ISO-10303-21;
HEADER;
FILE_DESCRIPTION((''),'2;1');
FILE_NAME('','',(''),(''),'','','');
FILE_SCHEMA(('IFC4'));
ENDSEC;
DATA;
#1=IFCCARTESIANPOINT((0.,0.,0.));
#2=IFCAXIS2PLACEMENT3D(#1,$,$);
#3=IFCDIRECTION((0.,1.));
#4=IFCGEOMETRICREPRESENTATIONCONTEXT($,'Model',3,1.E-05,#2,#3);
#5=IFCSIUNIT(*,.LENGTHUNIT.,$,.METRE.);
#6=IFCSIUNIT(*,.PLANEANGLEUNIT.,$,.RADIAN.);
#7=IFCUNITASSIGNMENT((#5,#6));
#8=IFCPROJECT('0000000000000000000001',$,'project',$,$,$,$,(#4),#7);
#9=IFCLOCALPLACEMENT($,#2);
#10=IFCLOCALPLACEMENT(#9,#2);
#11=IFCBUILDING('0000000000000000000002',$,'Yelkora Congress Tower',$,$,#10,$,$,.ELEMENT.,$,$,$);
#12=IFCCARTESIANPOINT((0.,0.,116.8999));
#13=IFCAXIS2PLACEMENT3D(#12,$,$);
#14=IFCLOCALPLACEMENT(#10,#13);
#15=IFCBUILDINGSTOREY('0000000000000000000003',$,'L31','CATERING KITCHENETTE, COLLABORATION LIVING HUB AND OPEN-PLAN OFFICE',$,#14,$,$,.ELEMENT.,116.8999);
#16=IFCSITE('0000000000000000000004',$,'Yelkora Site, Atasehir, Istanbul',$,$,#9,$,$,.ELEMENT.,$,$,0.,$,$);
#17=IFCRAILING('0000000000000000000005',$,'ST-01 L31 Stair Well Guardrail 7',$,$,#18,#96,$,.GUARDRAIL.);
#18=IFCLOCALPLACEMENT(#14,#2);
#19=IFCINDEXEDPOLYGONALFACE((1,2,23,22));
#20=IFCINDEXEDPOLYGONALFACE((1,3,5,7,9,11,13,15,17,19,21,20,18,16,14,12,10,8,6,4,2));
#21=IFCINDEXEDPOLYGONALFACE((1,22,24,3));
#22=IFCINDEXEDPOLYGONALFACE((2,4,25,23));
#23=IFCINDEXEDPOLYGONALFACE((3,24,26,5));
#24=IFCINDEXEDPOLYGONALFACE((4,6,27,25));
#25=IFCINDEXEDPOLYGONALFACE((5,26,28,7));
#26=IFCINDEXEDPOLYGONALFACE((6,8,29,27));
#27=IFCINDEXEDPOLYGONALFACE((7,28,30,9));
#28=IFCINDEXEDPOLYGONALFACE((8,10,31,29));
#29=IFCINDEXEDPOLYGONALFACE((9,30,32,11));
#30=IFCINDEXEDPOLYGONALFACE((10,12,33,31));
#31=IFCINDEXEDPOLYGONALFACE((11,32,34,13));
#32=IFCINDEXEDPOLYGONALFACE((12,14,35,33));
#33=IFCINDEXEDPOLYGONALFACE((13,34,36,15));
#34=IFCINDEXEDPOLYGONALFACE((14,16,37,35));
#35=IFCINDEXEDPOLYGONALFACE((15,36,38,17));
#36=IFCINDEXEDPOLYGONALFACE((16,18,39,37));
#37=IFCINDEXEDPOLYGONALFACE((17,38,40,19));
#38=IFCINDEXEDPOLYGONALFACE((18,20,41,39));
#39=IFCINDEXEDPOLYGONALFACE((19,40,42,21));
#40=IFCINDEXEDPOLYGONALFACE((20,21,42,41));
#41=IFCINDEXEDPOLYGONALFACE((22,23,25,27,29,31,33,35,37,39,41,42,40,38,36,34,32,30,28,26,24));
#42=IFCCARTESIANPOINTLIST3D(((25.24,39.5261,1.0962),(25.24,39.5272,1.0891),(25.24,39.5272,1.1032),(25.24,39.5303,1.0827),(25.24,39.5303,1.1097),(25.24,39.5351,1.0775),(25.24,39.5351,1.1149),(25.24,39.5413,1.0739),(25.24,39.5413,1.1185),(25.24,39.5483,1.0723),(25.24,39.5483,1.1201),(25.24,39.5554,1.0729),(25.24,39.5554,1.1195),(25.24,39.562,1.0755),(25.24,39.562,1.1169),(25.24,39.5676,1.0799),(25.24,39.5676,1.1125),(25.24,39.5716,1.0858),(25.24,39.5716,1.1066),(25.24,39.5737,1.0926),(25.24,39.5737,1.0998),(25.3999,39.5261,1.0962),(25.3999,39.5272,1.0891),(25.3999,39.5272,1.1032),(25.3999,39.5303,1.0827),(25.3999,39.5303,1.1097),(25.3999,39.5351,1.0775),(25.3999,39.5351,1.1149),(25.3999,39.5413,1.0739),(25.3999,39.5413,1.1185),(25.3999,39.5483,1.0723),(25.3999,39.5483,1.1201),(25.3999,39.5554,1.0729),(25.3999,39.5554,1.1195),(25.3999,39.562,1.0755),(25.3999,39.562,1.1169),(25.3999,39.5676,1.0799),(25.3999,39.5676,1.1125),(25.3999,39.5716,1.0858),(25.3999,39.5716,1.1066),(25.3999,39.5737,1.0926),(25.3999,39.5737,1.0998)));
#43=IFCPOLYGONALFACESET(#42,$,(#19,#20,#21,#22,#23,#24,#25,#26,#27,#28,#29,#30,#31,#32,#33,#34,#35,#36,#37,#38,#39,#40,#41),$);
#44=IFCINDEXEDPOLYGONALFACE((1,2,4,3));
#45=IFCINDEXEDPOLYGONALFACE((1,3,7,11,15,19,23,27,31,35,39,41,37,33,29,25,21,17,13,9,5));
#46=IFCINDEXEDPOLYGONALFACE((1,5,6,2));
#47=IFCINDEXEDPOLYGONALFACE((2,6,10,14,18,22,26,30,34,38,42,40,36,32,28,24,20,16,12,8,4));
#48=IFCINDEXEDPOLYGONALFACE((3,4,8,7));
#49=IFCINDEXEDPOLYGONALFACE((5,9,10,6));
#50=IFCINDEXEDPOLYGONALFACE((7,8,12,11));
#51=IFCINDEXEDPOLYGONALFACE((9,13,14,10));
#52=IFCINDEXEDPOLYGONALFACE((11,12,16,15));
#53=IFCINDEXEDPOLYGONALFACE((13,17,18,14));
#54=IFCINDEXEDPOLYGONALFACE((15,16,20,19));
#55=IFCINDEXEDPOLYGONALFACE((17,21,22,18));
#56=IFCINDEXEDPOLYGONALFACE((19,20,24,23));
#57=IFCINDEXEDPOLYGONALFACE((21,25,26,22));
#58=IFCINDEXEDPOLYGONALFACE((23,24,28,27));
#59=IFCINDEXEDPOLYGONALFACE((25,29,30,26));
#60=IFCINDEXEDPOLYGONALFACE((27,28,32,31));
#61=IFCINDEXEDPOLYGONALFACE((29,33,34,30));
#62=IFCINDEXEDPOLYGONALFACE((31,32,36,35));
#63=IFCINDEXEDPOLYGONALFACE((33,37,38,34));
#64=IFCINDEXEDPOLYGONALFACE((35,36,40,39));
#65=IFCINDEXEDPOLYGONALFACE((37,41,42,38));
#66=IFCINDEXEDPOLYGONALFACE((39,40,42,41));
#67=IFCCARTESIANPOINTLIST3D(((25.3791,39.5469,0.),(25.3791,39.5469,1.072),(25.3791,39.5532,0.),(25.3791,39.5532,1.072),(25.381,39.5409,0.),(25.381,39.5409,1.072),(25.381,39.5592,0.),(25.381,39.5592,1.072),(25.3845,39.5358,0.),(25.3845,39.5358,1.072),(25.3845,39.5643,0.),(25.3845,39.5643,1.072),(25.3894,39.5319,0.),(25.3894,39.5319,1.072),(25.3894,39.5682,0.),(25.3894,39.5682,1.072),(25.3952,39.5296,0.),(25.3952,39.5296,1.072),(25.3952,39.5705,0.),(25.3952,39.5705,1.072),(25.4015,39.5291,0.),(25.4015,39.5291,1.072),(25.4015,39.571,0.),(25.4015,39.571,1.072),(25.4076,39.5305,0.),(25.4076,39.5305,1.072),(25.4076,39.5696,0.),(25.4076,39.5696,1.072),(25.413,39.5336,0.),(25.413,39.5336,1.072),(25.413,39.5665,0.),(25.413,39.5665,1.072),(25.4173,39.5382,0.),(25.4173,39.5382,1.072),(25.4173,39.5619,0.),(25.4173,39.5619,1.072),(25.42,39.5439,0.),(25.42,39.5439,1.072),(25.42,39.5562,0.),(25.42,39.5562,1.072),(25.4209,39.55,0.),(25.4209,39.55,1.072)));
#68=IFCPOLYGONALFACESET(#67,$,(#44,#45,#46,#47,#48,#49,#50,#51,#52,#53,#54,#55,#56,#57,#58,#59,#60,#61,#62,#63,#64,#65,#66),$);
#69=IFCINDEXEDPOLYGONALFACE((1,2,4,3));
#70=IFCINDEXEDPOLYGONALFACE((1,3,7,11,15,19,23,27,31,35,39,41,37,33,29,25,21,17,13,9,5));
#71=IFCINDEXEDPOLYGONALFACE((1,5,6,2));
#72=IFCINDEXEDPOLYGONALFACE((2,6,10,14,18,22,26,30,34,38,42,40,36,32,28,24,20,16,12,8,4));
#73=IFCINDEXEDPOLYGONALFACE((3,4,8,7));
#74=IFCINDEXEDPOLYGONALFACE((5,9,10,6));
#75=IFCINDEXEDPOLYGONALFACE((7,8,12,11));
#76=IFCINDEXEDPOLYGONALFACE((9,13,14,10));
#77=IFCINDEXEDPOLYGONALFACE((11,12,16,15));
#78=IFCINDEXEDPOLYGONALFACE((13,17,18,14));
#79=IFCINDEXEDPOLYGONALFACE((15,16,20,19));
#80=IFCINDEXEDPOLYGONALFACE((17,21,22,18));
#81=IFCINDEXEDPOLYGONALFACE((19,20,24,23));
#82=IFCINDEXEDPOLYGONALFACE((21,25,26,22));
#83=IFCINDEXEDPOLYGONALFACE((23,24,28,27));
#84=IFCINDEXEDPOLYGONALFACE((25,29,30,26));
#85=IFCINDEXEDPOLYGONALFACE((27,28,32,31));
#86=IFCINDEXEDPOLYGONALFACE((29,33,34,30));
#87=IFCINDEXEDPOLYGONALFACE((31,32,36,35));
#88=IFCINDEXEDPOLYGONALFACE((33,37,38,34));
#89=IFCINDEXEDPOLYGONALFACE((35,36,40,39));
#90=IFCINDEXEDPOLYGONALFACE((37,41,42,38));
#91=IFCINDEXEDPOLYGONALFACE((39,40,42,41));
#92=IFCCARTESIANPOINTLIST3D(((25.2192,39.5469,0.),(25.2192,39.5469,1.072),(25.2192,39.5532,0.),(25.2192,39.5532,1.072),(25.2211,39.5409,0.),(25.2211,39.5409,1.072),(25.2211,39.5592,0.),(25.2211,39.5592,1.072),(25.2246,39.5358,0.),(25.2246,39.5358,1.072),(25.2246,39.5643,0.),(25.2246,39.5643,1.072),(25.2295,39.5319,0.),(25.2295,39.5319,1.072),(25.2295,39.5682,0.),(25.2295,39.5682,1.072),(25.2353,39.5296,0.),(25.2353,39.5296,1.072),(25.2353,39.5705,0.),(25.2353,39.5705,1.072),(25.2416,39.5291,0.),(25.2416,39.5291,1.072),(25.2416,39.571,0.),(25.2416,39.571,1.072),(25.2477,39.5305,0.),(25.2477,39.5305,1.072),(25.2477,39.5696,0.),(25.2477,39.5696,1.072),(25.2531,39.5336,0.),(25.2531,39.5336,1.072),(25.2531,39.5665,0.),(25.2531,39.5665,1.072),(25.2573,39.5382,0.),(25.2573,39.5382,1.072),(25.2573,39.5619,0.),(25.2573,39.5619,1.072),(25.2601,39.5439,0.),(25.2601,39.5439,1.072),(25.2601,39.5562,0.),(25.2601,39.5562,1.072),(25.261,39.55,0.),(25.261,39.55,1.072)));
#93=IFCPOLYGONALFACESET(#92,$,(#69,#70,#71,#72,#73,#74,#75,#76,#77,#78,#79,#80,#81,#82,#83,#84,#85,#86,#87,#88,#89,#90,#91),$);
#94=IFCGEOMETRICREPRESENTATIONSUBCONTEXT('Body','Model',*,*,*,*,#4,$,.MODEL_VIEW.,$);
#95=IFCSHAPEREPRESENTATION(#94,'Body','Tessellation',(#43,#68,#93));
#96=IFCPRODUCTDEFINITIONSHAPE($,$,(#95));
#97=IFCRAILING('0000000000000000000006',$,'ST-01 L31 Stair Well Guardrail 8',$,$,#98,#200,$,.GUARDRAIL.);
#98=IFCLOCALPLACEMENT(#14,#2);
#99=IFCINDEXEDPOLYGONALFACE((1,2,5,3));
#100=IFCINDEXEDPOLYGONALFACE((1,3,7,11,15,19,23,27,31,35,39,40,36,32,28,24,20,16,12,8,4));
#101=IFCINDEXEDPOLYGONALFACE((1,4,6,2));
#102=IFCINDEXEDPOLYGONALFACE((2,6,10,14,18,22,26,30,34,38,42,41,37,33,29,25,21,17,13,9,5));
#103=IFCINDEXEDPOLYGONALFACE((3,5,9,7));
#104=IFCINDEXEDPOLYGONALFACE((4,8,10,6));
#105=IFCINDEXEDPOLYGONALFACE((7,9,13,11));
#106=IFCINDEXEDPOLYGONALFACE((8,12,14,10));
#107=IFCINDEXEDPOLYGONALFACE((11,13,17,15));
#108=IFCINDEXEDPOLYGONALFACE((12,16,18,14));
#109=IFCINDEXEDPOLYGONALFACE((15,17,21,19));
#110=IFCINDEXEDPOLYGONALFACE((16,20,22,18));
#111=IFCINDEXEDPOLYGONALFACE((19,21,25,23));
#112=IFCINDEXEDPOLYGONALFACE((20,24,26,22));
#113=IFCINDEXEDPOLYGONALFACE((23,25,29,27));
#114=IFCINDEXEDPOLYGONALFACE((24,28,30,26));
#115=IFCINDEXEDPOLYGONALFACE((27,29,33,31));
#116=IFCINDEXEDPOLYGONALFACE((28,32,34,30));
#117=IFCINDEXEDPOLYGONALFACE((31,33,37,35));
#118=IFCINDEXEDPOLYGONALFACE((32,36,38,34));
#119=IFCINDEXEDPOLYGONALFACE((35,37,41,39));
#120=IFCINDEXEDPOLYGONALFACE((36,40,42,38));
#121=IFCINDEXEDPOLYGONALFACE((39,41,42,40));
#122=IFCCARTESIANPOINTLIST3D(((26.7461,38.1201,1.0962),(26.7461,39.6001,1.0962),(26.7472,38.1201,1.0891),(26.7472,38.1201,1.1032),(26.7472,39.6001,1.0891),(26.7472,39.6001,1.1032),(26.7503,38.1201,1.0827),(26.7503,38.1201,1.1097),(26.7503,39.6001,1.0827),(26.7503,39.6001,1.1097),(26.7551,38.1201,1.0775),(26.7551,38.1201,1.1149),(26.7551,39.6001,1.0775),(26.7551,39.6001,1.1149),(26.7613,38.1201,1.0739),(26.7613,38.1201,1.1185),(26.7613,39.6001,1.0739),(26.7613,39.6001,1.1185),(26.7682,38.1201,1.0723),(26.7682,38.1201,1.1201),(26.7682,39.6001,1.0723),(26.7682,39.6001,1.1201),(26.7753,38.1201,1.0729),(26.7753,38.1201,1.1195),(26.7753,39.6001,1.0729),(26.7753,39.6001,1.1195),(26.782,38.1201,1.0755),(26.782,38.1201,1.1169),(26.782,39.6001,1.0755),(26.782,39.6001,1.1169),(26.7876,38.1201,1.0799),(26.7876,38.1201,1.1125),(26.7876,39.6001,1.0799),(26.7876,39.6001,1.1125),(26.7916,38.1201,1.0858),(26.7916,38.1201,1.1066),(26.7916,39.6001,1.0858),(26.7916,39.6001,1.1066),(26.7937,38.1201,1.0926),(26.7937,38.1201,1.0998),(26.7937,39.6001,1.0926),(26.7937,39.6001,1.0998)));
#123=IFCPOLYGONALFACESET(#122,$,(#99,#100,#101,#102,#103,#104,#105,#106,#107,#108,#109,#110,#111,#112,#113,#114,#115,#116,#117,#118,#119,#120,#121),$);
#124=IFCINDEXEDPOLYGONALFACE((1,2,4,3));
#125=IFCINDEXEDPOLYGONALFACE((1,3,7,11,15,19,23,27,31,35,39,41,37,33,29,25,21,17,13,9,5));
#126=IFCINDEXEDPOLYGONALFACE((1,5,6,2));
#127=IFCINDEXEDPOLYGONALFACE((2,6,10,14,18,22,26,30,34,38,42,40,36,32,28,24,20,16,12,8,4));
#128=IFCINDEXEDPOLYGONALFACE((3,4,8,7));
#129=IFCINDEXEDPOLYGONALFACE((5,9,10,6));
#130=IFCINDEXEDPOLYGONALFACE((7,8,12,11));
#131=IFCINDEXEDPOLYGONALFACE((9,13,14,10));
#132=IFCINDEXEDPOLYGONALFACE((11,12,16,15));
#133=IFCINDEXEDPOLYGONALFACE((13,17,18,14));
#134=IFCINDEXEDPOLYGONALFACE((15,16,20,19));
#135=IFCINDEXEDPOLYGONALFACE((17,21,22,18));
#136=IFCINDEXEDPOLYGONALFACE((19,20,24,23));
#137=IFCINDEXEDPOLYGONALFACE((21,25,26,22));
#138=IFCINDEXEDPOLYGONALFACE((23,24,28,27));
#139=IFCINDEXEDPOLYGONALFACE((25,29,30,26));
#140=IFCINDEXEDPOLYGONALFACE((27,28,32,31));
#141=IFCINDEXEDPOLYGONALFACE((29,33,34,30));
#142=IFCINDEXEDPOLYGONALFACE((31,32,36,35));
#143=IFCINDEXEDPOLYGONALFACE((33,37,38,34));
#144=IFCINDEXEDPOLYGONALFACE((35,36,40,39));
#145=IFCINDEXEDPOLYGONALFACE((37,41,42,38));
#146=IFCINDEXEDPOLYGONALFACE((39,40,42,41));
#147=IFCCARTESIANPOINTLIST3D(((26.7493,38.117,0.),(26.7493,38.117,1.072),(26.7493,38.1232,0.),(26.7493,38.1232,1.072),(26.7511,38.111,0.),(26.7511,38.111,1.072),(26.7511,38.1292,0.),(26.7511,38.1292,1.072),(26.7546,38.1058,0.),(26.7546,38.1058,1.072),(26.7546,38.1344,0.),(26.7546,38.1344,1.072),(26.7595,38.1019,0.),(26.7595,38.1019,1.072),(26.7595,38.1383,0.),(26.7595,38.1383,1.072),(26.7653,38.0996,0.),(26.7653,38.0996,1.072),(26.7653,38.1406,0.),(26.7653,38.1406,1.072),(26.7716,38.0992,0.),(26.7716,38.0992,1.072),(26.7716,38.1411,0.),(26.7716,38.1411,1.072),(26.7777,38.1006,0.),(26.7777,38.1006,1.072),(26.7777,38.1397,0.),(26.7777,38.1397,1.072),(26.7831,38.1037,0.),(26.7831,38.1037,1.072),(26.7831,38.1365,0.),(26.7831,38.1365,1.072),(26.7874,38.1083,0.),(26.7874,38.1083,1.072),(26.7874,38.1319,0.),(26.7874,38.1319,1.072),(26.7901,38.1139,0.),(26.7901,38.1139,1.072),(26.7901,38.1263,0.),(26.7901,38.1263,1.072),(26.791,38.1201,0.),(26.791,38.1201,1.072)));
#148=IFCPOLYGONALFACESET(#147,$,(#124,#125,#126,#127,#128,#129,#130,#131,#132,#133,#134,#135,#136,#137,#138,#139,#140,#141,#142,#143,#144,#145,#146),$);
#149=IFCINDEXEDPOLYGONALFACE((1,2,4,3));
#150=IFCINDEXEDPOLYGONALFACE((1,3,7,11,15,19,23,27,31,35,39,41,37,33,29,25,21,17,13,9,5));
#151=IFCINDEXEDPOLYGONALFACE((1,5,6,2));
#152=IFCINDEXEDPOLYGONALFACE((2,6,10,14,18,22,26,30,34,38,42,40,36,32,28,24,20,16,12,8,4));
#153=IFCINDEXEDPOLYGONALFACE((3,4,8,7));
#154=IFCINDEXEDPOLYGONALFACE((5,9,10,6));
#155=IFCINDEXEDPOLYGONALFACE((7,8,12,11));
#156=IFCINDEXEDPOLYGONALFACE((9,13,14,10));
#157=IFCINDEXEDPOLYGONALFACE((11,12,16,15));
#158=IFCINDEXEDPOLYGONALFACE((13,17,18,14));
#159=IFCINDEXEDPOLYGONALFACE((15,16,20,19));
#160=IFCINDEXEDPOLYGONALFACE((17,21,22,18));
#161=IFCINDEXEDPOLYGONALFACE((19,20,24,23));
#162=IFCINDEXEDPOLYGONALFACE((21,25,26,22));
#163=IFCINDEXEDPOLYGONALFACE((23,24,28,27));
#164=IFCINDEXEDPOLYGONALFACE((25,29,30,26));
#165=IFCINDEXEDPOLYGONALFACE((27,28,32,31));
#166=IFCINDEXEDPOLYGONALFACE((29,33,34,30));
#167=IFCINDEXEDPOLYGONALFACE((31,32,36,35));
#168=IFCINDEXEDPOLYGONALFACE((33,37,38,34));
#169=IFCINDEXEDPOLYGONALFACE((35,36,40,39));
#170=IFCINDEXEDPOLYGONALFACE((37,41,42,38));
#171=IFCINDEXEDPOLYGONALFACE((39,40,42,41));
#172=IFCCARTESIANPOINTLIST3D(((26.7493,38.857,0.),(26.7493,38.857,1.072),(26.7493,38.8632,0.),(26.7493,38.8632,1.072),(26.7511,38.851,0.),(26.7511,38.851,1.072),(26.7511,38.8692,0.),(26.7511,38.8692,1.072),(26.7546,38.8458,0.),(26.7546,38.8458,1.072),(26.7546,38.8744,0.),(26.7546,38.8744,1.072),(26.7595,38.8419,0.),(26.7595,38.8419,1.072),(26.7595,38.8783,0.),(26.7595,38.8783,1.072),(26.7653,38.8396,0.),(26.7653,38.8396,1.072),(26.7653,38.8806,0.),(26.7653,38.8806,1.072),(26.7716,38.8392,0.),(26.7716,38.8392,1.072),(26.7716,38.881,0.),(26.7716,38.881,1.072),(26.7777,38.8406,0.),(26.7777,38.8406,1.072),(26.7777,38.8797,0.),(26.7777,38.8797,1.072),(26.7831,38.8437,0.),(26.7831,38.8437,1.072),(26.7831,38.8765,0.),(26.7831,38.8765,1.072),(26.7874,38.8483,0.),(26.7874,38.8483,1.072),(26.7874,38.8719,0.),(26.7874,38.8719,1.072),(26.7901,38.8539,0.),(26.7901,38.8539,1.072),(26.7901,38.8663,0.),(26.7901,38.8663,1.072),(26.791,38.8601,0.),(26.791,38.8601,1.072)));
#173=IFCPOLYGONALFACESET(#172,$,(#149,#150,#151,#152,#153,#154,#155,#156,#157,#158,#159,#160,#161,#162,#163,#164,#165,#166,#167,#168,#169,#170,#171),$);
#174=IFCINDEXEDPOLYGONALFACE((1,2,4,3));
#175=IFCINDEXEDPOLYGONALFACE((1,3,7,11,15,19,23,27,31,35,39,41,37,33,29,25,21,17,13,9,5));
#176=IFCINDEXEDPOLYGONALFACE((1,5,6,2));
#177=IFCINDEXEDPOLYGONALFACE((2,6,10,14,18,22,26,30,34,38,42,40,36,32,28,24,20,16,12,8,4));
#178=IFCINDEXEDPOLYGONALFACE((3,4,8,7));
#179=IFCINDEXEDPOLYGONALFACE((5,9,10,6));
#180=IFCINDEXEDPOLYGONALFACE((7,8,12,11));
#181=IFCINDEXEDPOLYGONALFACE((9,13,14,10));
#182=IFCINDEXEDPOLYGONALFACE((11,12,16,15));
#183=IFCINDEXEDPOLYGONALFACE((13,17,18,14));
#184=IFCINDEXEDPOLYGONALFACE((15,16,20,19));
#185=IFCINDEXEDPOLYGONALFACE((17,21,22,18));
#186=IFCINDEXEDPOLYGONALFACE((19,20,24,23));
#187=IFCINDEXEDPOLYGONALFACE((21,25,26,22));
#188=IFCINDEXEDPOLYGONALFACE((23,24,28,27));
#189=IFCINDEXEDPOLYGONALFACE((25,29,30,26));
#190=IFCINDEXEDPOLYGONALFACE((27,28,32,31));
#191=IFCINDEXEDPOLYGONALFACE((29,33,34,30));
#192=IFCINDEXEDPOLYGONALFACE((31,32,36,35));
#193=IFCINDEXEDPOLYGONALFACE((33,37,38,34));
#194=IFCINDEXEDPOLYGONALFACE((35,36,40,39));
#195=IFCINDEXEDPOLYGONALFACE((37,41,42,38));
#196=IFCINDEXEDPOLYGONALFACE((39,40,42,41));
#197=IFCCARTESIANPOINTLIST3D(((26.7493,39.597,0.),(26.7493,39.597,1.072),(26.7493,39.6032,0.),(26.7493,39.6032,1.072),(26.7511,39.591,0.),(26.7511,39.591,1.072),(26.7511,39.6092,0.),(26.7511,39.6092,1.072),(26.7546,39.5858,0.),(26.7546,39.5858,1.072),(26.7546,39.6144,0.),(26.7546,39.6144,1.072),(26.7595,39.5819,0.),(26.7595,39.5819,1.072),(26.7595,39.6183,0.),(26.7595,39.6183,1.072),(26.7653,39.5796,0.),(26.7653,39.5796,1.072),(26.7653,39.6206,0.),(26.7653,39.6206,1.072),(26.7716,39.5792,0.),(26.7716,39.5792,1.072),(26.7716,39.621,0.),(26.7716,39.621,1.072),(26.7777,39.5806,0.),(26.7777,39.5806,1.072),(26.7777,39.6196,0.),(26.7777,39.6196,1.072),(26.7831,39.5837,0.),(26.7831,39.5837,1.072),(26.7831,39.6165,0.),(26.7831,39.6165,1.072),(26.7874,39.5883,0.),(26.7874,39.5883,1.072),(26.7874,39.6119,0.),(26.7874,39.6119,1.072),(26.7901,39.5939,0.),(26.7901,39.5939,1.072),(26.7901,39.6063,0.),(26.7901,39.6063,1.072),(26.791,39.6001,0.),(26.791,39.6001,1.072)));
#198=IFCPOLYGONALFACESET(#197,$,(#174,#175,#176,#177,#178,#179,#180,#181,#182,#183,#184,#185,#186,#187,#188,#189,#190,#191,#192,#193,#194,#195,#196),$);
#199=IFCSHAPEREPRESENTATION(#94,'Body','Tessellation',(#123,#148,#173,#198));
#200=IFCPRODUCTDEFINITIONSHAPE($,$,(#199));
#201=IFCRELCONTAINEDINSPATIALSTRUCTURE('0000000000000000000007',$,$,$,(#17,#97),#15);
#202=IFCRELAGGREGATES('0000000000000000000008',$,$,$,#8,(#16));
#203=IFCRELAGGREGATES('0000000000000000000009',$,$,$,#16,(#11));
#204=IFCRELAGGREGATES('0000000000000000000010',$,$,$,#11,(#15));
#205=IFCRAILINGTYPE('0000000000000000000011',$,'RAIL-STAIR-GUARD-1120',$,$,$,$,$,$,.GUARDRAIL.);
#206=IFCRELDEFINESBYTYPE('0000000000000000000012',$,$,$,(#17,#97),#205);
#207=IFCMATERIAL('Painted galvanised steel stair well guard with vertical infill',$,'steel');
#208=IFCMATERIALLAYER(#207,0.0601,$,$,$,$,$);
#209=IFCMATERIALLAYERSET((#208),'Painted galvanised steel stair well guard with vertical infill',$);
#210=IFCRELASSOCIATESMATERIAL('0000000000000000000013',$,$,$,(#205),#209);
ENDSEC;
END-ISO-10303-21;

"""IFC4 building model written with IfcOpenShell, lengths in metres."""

from ifc_helpers import new_model, si_unit, direction, frame, origin, origin_2d, place, context, subcontext, project, spatial, circle, extrude, material, layer, layer_set, type_object, element, save


model = new_model("IFC4")

# Units and contexts
model_context = context("Model", 3, precision=1e-05, world=origin(), true_north=direction((0.0, 1.0)))
body_context = subcontext(model_context, "Body", "Model", "MODEL_VIEW")
ifc_project = project(units=[si_unit("LENGTHUNIT", "METRE"), si_unit("PLANEANGLEUNIT", "RADIAN")], contexts=[model_context])

# Site, building, storey
site_placement = place(None, origin())
site = spatial("IfcSite", under=ifc_project, at=site_placement, Name="Yelkora Site, Atasehir, Istanbul", CompositionType="ELEMENT", RefElevation=0.0)
building_placement = place(site_placement, origin())
building = spatial("IfcBuilding", under=site, at=building_placement, Name="Yelkora Congress Tower", CompositionType="ELEMENT")
storey_placement = place(building_placement, frame((0.0, 0.0, 116.8999)))
storey = spatial("IfcBuildingStorey", under=building, at=storey_placement, Name="L31", Description="CATERING KITCHENETTE, COLLABORATION LIVING HUB AND OPEN-PLAN OFFICE", CompositionType="ELEMENT", Elevation=116.8999)

# Railings
ifc_material_1 = material(Name="Painted galvanised steel stair well guard with vertical infill", Category="steel")
ifc_layer_1 = layer(ifc_material_1, 0.0601)
ifc_layer_set_1 = layer_set([ifc_layer_1], Name="Painted galvanised steel stair well guard with vertical infill")
railing_type_1 = type_object("IfcRailingType", Name="RAIL-STAIR-GUARD-1120", PredefinedType="GUARDRAIL", material=ifc_layer_set_1)
railing_1_placement = place(storey_placement, frame((25.3999, 39.55, 0.0)))
element("IfcRailing", 1, at=railing_1_placement, inside=storey, type_object=railing_type_1, Name="ST-01 L31 Stair Well Guardrail 7", PredefinedType="GUARDRAIL", context=body_context, shape_type="SweptSolid", body=[
    extrude(circle(Radius=0.0239, at=origin_2d()), frame((0.0, 0.0, 1.0962), z_axis=(-1.0, 0.0, 0.0), x_axis=(0.0, -1.0, 0.0)), (0.0, 0.0, 1.0), 0.1599),
    extrude(circle(Radius=0.021, at=origin_2d()), origin(), (0.0, 0.0, 1.0), 1.072),
    extrude(circle(Radius=0.021, at=origin_2d()), frame((-0.1599, 0.0, 0.0)), (0.0, 0.0, 1.0), 1.072),
])
railing_2_placement = place(storey_placement, frame((26.77, 38.1201, 0.0)))
element("IfcRailing", 2, at=railing_2_placement, inside=storey, type_object=railing_type_1, Name="ST-01 L31 Stair Well Guardrail 8", PredefinedType="GUARDRAIL", context=body_context, shape_type="SweptSolid", body=[
    extrude(circle(Radius=0.0239, at=origin_2d()), frame((0.0, 0.0, 1.0962), z_axis=(0.0, 1.0, 0.0), x_axis=(-1.0, 0.0, 0.0)), (0.0, 0.0, 1.0), 1.48),
    extrude(circle(Radius=0.021, at=origin_2d()), origin(), (0.0, 0.0, 1.0), 1.072),
    extrude(circle(Radius=0.021, at=origin_2d()), frame((0.0, 0.74, 0.0)), (0.0, 0.0, 1.0), 1.072),
    extrude(circle(Radius=0.021, at=origin_2d()), frame((0.0, 1.48, 0.0)), (0.0, 0.0, 1.0), 1.072),
])

save(model, "model.ifc")
